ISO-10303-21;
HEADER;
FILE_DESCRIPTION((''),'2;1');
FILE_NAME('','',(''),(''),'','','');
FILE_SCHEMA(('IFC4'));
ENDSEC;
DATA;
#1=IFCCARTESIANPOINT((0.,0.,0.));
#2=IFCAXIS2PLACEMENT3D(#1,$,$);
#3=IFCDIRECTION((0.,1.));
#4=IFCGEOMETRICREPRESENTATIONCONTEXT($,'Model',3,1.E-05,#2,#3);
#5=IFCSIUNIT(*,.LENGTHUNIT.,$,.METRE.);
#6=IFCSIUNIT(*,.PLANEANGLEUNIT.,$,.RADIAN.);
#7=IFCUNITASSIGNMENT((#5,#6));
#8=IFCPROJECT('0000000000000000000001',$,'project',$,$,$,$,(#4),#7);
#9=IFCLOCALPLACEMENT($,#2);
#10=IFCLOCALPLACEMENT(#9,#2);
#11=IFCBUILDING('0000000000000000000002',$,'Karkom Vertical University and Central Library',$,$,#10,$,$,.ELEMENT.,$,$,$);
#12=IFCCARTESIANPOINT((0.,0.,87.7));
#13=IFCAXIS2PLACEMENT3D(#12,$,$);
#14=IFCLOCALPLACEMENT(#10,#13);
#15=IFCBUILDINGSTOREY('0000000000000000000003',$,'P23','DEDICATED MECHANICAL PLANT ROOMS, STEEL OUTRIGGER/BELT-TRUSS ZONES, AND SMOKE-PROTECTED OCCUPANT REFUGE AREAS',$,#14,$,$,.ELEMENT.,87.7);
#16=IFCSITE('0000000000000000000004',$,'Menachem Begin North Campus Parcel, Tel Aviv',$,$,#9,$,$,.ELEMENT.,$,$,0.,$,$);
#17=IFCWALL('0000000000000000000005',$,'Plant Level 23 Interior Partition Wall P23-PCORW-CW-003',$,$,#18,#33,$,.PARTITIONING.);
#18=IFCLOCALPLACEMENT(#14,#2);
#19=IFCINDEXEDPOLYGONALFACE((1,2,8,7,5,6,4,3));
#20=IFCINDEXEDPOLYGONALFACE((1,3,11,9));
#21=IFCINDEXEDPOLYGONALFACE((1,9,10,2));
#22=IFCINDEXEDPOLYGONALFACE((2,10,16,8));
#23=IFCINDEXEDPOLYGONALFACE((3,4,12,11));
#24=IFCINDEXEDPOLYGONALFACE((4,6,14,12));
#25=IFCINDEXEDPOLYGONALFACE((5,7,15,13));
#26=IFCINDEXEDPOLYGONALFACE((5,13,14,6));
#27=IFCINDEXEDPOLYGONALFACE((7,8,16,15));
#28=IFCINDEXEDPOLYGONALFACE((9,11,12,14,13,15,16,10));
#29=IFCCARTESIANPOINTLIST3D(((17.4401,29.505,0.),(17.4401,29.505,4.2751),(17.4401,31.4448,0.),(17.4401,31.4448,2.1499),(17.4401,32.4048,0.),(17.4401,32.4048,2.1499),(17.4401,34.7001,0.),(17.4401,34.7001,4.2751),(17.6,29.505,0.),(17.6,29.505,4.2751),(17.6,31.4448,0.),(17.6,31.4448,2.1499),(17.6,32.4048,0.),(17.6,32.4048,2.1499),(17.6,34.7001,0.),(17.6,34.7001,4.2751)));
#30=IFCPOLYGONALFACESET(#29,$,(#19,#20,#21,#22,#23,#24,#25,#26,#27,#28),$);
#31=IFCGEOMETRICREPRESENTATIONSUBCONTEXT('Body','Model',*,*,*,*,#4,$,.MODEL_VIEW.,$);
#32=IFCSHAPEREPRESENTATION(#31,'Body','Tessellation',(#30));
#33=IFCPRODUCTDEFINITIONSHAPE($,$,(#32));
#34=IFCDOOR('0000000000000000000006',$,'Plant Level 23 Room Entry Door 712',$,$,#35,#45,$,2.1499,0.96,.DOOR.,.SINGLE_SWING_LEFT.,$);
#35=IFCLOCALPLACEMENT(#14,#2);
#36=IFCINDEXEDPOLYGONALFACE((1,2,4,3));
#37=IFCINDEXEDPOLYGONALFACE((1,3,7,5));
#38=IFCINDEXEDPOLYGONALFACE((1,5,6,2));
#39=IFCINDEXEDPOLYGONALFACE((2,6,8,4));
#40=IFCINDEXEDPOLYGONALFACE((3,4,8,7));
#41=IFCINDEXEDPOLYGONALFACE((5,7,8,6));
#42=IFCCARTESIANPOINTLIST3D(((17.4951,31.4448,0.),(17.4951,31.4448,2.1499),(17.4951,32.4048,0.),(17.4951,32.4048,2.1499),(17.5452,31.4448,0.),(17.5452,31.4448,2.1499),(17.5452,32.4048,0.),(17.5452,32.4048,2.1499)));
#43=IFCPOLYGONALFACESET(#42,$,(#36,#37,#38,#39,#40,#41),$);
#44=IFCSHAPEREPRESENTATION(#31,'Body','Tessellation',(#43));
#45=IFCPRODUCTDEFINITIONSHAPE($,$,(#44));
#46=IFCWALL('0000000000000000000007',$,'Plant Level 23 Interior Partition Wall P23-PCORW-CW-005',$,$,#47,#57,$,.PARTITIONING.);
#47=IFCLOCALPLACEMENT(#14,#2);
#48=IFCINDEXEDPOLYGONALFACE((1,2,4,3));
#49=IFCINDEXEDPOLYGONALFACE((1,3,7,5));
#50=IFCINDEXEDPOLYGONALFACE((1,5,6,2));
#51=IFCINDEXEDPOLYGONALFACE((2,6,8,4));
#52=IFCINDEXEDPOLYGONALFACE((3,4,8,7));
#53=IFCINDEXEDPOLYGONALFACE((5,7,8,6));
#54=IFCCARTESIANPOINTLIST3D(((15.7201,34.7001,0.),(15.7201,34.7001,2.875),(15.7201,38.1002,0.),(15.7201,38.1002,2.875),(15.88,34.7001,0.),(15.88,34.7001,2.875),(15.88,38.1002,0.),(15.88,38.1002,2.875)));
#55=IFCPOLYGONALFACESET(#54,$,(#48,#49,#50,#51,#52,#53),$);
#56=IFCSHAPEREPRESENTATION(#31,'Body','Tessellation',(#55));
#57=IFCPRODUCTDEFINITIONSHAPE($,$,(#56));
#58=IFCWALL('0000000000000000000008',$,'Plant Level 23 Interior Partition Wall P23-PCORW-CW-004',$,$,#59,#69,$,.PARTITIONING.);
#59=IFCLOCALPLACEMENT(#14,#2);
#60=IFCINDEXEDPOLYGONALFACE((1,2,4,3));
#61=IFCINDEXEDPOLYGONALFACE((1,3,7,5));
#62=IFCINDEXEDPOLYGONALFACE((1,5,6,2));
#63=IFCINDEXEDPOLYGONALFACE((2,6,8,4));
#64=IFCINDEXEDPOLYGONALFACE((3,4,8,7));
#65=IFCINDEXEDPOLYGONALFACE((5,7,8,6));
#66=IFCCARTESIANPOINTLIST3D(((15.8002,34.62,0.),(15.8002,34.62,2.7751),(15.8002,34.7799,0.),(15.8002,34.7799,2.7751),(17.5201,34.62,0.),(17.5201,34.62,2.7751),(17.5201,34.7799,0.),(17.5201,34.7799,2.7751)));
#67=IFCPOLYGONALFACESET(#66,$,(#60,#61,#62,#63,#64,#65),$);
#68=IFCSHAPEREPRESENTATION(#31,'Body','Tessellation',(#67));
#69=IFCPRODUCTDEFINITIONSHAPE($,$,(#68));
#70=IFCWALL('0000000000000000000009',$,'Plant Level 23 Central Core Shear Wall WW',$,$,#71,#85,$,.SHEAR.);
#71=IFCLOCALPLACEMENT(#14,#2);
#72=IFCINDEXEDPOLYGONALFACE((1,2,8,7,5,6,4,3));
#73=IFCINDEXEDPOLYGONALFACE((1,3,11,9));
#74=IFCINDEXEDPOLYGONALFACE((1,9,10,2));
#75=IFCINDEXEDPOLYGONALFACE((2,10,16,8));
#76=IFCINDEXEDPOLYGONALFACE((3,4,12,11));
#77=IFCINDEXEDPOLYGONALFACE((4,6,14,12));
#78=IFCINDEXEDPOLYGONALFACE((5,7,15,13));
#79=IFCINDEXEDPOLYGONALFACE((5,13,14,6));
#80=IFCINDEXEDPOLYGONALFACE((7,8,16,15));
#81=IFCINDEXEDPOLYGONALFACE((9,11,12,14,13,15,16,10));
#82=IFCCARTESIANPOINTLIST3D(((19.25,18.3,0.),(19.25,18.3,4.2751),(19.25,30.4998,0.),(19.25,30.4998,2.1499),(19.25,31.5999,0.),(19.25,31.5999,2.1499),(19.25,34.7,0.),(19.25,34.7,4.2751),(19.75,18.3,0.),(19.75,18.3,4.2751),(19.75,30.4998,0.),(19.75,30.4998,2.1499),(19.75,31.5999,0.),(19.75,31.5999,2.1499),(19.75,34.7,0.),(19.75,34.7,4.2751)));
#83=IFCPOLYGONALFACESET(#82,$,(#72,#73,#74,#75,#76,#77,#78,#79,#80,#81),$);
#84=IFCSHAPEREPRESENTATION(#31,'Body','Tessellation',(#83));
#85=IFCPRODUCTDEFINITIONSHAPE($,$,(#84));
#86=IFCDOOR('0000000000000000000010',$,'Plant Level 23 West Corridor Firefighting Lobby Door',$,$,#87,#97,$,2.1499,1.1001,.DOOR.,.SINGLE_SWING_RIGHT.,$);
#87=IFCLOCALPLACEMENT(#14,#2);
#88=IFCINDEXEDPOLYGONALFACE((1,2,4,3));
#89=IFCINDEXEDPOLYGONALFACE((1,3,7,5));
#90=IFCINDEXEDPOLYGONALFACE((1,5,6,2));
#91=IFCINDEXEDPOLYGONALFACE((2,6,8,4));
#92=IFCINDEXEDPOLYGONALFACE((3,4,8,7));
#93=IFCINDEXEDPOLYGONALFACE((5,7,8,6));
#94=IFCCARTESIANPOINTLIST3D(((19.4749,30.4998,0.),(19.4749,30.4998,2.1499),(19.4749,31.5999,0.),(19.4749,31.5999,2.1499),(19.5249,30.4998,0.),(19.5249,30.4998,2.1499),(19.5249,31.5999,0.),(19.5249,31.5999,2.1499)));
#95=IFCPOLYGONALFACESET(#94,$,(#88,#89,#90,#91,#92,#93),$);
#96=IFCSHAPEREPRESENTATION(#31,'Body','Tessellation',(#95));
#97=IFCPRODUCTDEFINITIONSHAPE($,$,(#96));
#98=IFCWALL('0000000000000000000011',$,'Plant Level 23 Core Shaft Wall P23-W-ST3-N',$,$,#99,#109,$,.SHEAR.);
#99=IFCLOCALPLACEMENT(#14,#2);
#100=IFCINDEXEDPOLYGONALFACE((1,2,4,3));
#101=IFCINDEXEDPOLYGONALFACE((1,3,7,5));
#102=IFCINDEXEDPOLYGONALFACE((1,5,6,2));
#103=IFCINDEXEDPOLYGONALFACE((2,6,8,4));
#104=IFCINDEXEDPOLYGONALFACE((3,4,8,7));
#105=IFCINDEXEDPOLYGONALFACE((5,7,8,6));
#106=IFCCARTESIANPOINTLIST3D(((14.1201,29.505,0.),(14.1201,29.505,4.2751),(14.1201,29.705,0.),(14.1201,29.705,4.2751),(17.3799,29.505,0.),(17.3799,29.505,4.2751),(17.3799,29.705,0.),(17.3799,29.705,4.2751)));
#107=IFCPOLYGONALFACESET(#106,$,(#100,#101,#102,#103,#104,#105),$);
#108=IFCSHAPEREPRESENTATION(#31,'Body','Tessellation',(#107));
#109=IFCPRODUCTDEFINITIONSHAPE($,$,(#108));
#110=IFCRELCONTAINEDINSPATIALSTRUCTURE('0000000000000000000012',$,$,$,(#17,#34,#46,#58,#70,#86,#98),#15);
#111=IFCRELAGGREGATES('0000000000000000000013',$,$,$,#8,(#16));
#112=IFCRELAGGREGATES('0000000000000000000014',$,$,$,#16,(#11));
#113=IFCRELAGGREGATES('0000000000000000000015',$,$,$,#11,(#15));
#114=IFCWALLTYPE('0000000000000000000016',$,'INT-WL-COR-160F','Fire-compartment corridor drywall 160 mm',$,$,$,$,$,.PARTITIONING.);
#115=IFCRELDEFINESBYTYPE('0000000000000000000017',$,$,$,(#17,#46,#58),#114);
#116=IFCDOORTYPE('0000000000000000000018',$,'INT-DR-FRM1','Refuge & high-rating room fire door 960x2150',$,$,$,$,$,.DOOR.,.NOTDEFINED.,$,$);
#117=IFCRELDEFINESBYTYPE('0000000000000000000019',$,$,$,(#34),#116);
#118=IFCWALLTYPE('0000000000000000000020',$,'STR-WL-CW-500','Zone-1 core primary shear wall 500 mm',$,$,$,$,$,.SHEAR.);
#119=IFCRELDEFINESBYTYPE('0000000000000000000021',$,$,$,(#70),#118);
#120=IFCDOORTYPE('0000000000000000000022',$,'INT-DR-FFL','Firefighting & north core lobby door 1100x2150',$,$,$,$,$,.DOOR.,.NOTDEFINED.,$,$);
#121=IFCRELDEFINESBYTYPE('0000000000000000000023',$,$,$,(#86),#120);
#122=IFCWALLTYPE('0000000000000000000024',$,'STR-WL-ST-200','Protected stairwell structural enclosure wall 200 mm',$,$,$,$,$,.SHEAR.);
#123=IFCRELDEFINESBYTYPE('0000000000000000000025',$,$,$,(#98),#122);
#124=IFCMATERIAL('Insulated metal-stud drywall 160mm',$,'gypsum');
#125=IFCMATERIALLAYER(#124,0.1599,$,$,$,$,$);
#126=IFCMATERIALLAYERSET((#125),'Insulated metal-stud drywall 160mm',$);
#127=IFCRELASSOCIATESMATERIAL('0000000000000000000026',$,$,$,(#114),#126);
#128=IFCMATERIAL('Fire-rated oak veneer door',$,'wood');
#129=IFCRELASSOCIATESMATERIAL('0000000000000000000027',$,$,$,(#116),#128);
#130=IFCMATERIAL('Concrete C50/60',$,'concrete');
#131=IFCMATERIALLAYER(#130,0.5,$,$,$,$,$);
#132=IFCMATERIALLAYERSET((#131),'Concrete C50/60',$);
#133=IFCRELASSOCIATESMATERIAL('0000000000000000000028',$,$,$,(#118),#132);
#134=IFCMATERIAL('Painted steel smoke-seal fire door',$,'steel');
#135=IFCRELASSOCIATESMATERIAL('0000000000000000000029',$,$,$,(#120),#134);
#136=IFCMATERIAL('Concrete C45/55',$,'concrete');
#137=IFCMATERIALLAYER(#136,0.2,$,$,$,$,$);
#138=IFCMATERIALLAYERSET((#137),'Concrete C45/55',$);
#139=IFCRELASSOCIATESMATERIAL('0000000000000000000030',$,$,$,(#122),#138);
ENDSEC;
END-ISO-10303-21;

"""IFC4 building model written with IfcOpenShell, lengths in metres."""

from ifc_helpers import new_model, si_unit, direction, frame, frame_2d, origin, origin_with_axes, place, context, subcontext, project, spatial, rectangle, extrude, source, transform, mapped, material, layer, layer_set, type_object, element, fill, save


model = new_model("IFC4")

# Units and contexts
model_context = context("Model", 3, precision=1e-05, world=origin(), true_north=direction((0.0, 1.0)))
body_context = subcontext(model_context, "Body", "Model", "MODEL_VIEW")
ifc_project = project(units=[si_unit("LENGTHUNIT", "METRE"), si_unit("PLANEANGLEUNIT", "RADIAN")], contexts=[model_context])

# Site, building, storey
site_placement = place(None, origin())
site = spatial("IfcSite", under=ifc_project, at=site_placement, Name="Menachem Begin North Campus Parcel, Tel Aviv", CompositionType="ELEMENT", RefElevation=0.0)
building_placement = place(site_placement, origin())
building = spatial("IfcBuilding", under=site, at=building_placement, Name="Karkom Vertical University and Central Library", CompositionType="ELEMENT")
storey_placement = place(building_placement, frame((0.0, 0.0, 87.7)))
storey = spatial("IfcBuildingStorey", under=building, at=storey_placement, Name="P23", Description="DEDICATED MECHANICAL PLANT ROOMS, STEEL OUTRIGGER/BELT-TRUSS ZONES, AND SMOKE-PROTECTED OCCUPANT REFUGE AREAS", CompositionType="ELEMENT", Elevation=87.7)

# Shared definitions
ifc_material_1 = material(Name="Concrete C50/60", Category="concrete")

# Wall, opening, door
ifc_material_2 = material(Name="Insulated metal-stud drywall 160mm", Category="gypsum")
ifc_layer_1 = layer(ifc_material_2, 0.1599)
ifc_layer_set_1 = layer_set([ifc_layer_1], Name="Insulated metal-stud drywall 160mm")
wall_type_1 = type_object("IfcWallType", Name="INT-WL-COR-160F", Description="Fire-compartment corridor drywall 160 mm", PredefinedType="PARTITIONING", material=ifc_layer_set_1)
wall_1_placement = place(storey_placement, frame((17.52, 29.5049, 0.0), z_axis=(0.0, 0.0, 1.0), x_axis=(0.0, 1.0, 0.0)))
wall_1 = element("IfcWall", 1, at=wall_1_placement, inside=storey, type_object=wall_type_1, Name="Plant Level 23 Interior Partition Wall P23-PCORW-CW-003", PredefinedType="PARTITIONING", context=body_context, shape_type="SweptSolid", body=[
    extrude(rectangle(XDim=5.1951, YDim=0.1599, at=frame_2d((2.5977, 0.0))), origin(), (0.0, 0.0, 1.0), 4.2751),
])
opening_1_placement = place(wall_1_placement, frame((1.9399, 0.0, 0.0)))
opening_1 = element("IfcOpeningElement", 2, at=opening_1_placement, cuts=wall_1, PredefinedType="OPENING", context=body_context, shape_type="SweptSolid", body=[
    extrude(rectangle(XDim=0.96, YDim=2.1499, at=frame_2d((0.48, 1.075))), frame((0.0, 0.0898, 0.0), z_axis=(0.0, -1.0, 0.0), x_axis=(1.0, 0.0, 0.0)), (0.0, 0.0, 1.0), 0.1799),
])
ifc_material_3 = material(Name="Fire-rated oak veneer door", Category="wood")
door_type_1 = type_object("IfcDoorType", Name="INT-DR-FRM1", Description="Refuge & high-rating room fire door 960x2150", OperationType="NOTDEFINED", PredefinedType="DOOR", material=ifc_material_3)
shared_shape_1 = source(origin_with_axes(), body_context, "Body", "SweptSolid", [
    extrude(rectangle(XDim=0.96, YDim=2.1499, at=frame_2d((0.48, 1.075))), frame((0.0, 0.0249, 0.0), z_axis=(0.0, -1.0, 0.0), x_axis=(1.0, 0.0, 0.0)), (0.0, 0.0, 1.0), 0.05),
])
door_1_placement = place(opening_1_placement, origin())
door_1 = element("IfcDoor", 3, at=door_1_placement, inside=storey, type_object=door_type_1, Name="Plant Level 23 Room Entry Door 712", OperationType="SINGLE_SWING_LEFT", OverallHeight=2.1499, OverallWidth=0.96, PredefinedType="DOOR", context=body_context, shape_type="MappedRepresentation", body=[
    mapped(shared_shape_1, transform((0.0, 0.0, 0.0), scale=1.0)),
])
fill(opening_1, door_1)

# Walls
wall_2_placement = place(storey_placement, frame((15.8, 34.7, 0.0), z_axis=(0.0, 0.0, 1.0), x_axis=(0.0, 1.0, 0.0)))
element("IfcWall", 4, at=wall_2_placement, inside=storey, type_object=wall_type_1, Name="Plant Level 23 Interior Partition Wall P23-PCORW-CW-005", PredefinedType="PARTITIONING", context=body_context, shape_type="SweptSolid", body=[
    extrude(rectangle(XDim=3.4001, YDim=0.1599, at=frame_2d((1.7002, 0.0))), origin(), (0.0, 0.0, 1.0), 2.875),
])
wall_3_placement = place(storey_placement, frame((17.52, 34.7, 0.0), z_axis=(0.0, 0.0, 1.0), x_axis=(-1.0, 0.0, 0.0)))
element("IfcWall", 5, at=wall_3_placement, inside=storey, type_object=wall_type_1, Name="Plant Level 23 Interior Partition Wall P23-PCORW-CW-004", PredefinedType="PARTITIONING", context=body_context, shape_type="SweptSolid", body=[
    extrude(rectangle(XDim=1.72, YDim=0.1599, at=frame_2d((0.8599, 0.0))), origin(), (0.0, 0.0, 1.0), 2.7751),
])

# Wall, opening, door
ifc_layer_2 = layer(ifc_material_1, 0.5)
ifc_layer_set_2 = layer_set([ifc_layer_2], Name="Concrete C50/60")
wall_type_2 = type_object("IfcWallType", Name="STR-WL-CW-500", Description="Zone-1 core primary shear wall 500 mm", PredefinedType="SHEAR", material=ifc_layer_set_2)
wall_4_placement = place(storey_placement, frame((19.5, 34.7, 0.0), z_axis=(0.0, 0.0, 1.0), x_axis=(0.0, -1.0, 0.0)))
wall_4 = element("IfcWall", 6, at=wall_4_placement, inside=storey, type_object=wall_type_2, Name="Plant Level 23 Central Core Shear Wall WW", PredefinedType="SHEAR", context=body_context, shape_type="SweptSolid", body=[
    extrude(rectangle(XDim=16.3999, YDim=0.5, at=frame_2d((8.2, 0.0))), origin(), (0.0, 0.0, 1.0), 4.2751),
])
opening_2_placement = place(wall_4_placement, frame((3.1001, 0.0, 0.0)))
opening_2 = element("IfcOpeningElement", 7, at=opening_2_placement, cuts=wall_4, PredefinedType="OPENING", context=body_context, shape_type="SweptSolid", body=[
    extrude(rectangle(XDim=1.1001, YDim=2.1499, at=frame_2d((0.55, 1.075))), frame((0.0, 0.26, 0.0), z_axis=(0.0, -1.0, 0.0), x_axis=(1.0, 0.0, 0.0)), (0.0, 0.0, 1.0), 0.52),
])
ifc_material_4 = material(Name="Painted steel smoke-seal fire door", Category="steel")
door_type_2 = type_object("IfcDoorType", Name="INT-DR-FFL", Description="Firefighting & north core lobby door 1100x2150", OperationType="NOTDEFINED", PredefinedType="DOOR", material=ifc_material_4)
shared_shape_2 = source(origin_with_axes(), body_context, "Body", "SweptSolid", [
    extrude(rectangle(XDim=1.1001, YDim=2.1499, at=frame_2d((0.55, 1.075))), frame((0.0, 0.0249, 0.0), z_axis=(0.0, -1.0, 0.0), x_axis=(1.0, 0.0, 0.0)), (0.0, 0.0, 1.0), 0.05),
])
door_2_placement = place(opening_2_placement, origin())
door_2 = element("IfcDoor", 8, at=door_2_placement, inside=storey, type_object=door_type_2, Name="Plant Level 23 West Corridor Firefighting Lobby Door", OperationType="SINGLE_SWING_RIGHT", OverallHeight=2.1499, OverallWidth=1.1001, PredefinedType="DOOR", context=body_context, shape_type="MappedRepresentation", body=[
    mapped(shared_shape_2, transform((0.0, 0.0, 0.0), scale=1.0)),
])
fill(opening_2, door_2)

# Wall
ifc_material_5 = material(Name="Concrete C45/55", Category="concrete")
ifc_layer_3 = layer(ifc_material_5, 0.2)
ifc_layer_set_3 = layer_set([ifc_layer_3], Name="Concrete C45/55")
wall_type_3 = type_object("IfcWallType", Name="STR-WL-ST-200", Description="Protected stairwell structural enclosure wall 200 mm", PredefinedType="SHEAR", material=ifc_layer_set_3)
wall_5_placement = place(storey_placement, frame((14.1201, 29.605, 0.0), z_axis=(0.0, 0.0, 1.0), x_axis=(1.0, 0.0, 0.0)))
element("IfcWall", 9, at=wall_5_placement, inside=storey, type_object=wall_type_3, Name="Plant Level 23 Core Shaft Wall P23-W-ST3-N", PredefinedType="SHEAR", context=body_context, shape_type="SweptSolid", body=[
    extrude(rectangle(XDim=3.2598, YDim=0.2, at=frame_2d((1.6299, 0.0))), origin(), (0.0, 0.0, 1.0), 4.2751),
])

save(model, "model.ifc")
